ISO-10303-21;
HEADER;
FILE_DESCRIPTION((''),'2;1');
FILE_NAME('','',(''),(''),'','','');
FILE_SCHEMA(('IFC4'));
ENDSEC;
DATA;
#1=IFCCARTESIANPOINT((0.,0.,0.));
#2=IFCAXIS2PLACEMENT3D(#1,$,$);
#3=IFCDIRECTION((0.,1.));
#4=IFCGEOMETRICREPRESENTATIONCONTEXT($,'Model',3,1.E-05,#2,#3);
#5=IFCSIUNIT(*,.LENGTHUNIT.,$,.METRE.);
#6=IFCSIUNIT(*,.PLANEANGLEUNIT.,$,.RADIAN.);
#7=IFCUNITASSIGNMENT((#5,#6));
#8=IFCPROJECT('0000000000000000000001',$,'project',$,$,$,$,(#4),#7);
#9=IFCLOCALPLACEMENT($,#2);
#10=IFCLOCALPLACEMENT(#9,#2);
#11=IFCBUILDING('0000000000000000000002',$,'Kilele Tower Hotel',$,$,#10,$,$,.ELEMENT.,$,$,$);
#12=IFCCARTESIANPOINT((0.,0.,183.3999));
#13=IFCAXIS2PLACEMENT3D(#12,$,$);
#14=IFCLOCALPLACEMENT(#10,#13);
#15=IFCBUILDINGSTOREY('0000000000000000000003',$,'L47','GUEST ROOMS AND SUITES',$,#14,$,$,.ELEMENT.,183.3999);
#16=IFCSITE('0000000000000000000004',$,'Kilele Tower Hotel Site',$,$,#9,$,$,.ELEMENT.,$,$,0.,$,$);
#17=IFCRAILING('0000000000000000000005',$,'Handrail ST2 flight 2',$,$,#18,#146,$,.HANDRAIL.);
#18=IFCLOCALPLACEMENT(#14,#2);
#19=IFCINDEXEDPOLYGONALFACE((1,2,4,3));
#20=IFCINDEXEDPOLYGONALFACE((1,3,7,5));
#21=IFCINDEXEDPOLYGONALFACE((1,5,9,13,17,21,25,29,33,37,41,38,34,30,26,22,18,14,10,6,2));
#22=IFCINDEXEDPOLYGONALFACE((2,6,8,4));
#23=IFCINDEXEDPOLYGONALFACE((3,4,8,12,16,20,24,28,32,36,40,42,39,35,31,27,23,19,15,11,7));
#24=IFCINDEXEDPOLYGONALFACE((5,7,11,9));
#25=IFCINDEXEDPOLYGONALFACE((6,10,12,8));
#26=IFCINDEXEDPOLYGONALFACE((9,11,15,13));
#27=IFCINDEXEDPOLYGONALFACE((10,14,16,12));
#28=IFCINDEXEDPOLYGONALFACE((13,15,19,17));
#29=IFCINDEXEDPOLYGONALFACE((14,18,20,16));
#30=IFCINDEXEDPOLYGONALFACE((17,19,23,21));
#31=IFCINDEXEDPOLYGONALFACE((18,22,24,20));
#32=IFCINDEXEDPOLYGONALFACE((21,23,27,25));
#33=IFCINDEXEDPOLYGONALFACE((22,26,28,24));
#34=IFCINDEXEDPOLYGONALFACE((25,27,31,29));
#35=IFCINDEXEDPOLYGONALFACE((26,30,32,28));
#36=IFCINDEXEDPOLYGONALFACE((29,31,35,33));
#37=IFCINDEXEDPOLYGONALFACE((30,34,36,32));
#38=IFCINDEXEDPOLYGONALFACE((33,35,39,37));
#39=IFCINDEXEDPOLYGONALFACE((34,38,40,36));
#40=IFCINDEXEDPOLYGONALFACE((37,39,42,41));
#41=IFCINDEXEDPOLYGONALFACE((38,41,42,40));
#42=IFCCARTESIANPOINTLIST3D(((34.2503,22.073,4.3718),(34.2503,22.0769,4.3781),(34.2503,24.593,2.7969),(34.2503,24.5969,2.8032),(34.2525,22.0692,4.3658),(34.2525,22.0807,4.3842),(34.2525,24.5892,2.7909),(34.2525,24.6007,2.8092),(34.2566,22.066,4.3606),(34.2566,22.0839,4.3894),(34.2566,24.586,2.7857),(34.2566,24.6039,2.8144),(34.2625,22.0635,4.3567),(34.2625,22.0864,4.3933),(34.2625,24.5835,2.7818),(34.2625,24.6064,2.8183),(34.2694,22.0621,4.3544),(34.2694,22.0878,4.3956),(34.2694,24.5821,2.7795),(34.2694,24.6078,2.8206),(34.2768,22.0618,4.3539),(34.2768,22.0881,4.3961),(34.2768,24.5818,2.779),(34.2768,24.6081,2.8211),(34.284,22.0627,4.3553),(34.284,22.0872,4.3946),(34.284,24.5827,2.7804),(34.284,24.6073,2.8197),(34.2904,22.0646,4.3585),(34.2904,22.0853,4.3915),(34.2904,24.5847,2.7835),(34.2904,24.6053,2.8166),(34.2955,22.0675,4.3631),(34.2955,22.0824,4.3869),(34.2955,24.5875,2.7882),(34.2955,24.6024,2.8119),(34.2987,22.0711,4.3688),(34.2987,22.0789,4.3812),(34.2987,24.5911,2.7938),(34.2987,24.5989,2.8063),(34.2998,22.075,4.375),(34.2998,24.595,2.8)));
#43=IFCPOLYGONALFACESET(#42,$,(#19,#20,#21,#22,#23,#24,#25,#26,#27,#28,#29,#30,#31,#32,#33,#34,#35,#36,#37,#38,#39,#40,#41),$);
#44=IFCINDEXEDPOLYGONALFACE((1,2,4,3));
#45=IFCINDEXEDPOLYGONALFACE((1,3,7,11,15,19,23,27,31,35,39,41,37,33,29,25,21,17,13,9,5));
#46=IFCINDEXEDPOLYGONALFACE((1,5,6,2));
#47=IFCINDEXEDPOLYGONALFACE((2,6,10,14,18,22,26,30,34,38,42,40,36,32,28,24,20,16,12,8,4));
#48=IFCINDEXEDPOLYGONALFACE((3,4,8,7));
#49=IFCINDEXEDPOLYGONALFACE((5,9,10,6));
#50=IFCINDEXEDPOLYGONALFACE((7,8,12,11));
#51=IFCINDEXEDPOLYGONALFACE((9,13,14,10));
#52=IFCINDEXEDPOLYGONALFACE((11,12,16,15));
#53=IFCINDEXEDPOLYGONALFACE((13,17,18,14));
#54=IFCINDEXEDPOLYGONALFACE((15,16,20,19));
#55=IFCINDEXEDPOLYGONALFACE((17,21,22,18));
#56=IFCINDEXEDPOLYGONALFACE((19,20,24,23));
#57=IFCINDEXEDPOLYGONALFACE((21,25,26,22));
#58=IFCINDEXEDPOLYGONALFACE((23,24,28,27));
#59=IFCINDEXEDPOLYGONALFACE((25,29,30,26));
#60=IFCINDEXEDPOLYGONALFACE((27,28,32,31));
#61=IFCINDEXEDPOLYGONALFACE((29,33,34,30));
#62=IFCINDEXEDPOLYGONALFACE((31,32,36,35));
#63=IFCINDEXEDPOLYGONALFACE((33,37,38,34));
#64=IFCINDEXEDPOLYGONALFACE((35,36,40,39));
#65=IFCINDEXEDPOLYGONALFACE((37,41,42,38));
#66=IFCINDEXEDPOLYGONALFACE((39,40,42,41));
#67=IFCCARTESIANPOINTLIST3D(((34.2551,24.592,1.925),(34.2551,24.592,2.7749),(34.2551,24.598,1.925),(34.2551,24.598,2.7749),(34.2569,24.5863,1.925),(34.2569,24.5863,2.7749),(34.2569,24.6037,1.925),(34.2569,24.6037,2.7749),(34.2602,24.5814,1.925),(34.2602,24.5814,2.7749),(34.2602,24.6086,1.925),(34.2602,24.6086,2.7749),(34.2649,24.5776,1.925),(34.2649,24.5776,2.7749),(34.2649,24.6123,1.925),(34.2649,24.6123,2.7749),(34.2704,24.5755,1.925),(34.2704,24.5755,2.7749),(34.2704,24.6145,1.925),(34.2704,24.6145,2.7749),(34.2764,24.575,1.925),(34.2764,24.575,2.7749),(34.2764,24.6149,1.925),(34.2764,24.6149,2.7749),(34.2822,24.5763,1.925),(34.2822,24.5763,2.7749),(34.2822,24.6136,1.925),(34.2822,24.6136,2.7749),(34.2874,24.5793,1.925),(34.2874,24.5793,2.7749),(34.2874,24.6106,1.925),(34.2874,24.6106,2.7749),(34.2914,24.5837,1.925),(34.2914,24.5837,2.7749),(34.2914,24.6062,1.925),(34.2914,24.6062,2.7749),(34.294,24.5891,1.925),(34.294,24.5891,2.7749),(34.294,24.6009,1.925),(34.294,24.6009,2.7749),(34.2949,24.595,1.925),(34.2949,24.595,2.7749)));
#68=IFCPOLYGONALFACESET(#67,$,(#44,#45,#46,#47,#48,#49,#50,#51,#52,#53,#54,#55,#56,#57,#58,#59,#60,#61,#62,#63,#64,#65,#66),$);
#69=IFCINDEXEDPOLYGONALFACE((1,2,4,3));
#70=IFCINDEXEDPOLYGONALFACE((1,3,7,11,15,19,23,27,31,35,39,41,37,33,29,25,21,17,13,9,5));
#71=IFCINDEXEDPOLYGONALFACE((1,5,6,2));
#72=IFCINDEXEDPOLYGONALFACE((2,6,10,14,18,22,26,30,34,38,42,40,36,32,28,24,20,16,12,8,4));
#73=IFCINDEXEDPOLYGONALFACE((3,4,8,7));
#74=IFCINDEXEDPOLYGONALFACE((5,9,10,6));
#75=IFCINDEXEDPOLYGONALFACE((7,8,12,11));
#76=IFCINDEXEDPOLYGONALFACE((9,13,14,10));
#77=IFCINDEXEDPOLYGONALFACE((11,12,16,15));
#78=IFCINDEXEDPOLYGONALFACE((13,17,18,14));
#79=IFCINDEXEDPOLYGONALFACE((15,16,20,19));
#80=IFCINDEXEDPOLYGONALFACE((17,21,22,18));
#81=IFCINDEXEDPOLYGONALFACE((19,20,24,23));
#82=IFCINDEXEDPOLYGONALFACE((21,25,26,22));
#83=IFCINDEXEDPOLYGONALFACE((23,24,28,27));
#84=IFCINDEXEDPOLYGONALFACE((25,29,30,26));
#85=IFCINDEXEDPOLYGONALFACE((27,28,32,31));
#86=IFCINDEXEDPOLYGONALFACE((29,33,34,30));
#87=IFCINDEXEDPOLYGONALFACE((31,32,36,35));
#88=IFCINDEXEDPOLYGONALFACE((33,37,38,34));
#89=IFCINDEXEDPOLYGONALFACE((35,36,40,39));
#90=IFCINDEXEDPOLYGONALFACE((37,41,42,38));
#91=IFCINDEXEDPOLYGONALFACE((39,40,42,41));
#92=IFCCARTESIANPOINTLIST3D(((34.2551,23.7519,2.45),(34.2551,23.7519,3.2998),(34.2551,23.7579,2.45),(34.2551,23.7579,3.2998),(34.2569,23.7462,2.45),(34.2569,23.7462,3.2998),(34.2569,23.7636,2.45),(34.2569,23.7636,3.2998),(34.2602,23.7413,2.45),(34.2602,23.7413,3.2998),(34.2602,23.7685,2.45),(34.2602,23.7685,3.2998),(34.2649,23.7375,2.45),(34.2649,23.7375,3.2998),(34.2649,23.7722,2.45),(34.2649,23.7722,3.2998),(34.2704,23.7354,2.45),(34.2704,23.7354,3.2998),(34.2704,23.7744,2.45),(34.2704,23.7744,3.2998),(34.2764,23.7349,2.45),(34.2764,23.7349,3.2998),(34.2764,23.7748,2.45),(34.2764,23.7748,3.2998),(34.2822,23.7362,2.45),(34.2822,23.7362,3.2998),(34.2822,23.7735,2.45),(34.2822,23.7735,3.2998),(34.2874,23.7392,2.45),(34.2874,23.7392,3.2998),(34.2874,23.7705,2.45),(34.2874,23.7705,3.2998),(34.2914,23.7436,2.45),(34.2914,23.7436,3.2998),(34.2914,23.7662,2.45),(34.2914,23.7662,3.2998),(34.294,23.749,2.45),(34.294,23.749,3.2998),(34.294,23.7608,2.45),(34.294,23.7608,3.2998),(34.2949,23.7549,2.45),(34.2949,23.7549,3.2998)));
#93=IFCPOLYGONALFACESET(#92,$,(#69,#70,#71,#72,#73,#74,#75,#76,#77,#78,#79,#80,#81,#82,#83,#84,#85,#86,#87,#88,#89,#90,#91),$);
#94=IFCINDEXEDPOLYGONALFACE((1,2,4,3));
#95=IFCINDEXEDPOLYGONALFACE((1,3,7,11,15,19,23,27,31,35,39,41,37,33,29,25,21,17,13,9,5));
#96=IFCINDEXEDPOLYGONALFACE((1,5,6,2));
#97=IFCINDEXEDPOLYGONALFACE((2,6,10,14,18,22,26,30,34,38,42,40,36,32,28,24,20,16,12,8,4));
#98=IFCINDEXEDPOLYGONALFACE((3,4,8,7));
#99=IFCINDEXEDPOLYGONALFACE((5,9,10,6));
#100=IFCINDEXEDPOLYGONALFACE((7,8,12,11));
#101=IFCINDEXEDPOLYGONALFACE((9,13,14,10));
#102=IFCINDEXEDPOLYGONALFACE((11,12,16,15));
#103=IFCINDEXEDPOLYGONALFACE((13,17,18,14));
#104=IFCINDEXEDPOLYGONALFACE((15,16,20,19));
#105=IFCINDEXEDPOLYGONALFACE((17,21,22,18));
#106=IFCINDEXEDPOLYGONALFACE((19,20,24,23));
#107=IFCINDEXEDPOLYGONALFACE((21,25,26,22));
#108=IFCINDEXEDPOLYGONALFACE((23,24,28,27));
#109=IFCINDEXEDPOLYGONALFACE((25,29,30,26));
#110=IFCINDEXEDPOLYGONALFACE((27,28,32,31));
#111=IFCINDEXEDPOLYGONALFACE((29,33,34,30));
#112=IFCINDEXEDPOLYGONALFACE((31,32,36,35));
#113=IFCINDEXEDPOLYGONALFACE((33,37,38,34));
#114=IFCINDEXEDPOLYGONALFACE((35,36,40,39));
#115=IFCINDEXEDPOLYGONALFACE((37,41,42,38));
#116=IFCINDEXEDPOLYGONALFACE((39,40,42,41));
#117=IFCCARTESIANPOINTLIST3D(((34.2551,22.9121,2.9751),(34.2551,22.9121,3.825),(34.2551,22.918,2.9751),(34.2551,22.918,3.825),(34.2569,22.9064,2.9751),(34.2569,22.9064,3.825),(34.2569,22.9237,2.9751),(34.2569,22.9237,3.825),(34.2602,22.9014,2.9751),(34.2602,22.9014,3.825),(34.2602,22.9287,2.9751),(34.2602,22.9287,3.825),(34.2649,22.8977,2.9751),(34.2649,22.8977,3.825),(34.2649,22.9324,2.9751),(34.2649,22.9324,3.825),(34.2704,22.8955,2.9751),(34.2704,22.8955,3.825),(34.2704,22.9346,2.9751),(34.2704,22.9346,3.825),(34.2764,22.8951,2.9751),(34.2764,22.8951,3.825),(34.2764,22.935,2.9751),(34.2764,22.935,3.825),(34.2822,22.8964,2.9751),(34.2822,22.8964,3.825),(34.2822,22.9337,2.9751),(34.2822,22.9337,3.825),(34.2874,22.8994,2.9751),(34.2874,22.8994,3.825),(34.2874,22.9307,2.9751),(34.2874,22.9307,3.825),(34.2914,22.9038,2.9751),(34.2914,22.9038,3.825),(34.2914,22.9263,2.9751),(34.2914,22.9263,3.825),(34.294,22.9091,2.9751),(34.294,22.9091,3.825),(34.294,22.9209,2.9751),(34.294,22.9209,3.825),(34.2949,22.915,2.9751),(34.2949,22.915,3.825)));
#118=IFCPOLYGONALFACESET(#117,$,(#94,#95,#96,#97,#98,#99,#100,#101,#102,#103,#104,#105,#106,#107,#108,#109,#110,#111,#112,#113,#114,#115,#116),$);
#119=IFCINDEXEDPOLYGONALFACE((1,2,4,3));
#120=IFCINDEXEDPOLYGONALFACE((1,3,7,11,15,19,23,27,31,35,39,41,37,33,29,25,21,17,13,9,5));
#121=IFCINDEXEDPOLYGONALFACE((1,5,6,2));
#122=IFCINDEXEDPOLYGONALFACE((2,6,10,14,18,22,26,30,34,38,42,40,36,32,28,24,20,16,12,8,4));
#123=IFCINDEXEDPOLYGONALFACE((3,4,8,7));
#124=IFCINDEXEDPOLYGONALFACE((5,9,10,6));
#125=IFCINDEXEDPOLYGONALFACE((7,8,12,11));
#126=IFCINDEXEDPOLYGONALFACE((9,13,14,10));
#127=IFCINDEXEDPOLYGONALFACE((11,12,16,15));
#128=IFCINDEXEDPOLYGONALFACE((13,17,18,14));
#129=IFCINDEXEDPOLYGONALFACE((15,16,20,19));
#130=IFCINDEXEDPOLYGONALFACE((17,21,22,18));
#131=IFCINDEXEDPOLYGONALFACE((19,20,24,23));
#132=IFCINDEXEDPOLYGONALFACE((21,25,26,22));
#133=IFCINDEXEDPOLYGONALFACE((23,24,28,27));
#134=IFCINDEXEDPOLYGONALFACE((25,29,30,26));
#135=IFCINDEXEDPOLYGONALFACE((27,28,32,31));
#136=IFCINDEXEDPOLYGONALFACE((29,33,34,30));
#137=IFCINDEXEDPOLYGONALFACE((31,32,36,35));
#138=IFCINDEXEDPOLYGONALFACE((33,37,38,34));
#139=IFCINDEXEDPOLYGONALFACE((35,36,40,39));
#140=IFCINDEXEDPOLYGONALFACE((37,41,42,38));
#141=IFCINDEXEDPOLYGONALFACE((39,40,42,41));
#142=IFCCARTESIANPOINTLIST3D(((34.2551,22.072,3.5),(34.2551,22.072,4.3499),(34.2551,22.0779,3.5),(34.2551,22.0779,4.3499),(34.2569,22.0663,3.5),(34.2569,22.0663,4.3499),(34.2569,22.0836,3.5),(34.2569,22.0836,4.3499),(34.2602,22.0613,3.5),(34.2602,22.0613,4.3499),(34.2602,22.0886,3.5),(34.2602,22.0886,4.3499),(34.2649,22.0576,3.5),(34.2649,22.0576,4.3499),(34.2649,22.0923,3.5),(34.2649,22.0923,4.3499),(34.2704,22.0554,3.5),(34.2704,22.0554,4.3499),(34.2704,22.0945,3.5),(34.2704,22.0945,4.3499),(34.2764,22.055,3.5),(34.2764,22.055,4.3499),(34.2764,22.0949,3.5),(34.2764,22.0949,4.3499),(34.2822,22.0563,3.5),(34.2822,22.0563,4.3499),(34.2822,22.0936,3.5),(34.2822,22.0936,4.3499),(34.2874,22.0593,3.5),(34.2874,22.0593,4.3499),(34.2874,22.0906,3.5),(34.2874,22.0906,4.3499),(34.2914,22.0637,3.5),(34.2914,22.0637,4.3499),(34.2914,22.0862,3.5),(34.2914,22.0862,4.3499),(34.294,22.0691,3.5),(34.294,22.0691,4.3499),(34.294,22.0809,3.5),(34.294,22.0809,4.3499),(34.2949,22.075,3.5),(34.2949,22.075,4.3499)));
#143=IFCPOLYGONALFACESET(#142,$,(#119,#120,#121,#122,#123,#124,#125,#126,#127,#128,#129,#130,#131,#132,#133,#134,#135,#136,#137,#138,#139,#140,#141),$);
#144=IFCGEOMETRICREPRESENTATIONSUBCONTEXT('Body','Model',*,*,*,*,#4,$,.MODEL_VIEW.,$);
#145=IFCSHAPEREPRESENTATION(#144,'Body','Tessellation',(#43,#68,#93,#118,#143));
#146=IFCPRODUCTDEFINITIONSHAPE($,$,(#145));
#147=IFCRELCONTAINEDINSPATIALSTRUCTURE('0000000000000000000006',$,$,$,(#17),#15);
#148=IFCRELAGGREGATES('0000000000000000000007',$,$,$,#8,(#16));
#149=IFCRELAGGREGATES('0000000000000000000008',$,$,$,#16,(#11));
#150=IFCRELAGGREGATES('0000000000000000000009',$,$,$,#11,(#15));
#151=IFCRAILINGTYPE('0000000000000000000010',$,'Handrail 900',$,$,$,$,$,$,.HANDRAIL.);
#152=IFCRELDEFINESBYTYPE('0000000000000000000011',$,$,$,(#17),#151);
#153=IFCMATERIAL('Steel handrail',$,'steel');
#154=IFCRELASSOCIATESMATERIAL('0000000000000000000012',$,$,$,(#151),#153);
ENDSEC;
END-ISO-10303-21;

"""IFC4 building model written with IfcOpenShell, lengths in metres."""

from ifc_helpers import new_model, si_unit, direction, frame, origin, origin_2d, place, context, subcontext, project, spatial, circle, extrude, material, type_object, element, save


model = new_model("IFC4")

# Units and contexts
model_context = context("Model", 3, precision=1e-05, world=origin(), true_north=direction((0.0, 1.0)))
body_context = subcontext(model_context, "Body", "Model", "MODEL_VIEW")
ifc_project = project(units=[si_unit("LENGTHUNIT", "METRE"), si_unit("PLANEANGLEUNIT", "RADIAN")], contexts=[model_context])

# Site, building, storey
site_placement = place(None, origin())
site = spatial("IfcSite", under=ifc_project, at=site_placement, Name="Kilele Tower Hotel Site", CompositionType="ELEMENT", RefElevation=0.0)
building_placement = place(site_placement, origin())
building = spatial("IfcBuilding", under=site, at=building_placement, Name="Kilele Tower Hotel", CompositionType="ELEMENT")
storey_placement = place(building_placement, frame((0.0, 0.0, 183.3999)))
storey = spatial("IfcBuildingStorey", under=building, at=storey_placement, Name="L47", Description="GUEST ROOMS AND SUITES", CompositionType="ELEMENT", Elevation=183.3999)

# Railing
ifc_material_1 = material(Name="Steel handrail", Category="steel")
railing_type_1 = type_object("IfcRailingType", Name="Handrail 900", PredefinedType="HANDRAIL", material=ifc_material_1)
for number, where, name in (
    (1, (34.2749, 24.595, 1.925), "Handrail ST2 flight 2"),
):
    element("IfcRailing", number, at=place(storey_placement, frame(where)), inside=storey, type_object=railing_type_1, Name=name, PredefinedType="HANDRAIL", context=body_context, shape_type="SweptSolid", body=[
        extrude(circle(Radius=0.0249, at=origin_2d()), frame((0.0, 0.0, 0.875), z_axis=(0.0, -0.848008, 0.529984), x_axis=(1.0, 0.0, 0.0)), (0.0, 0.0, 1.0), 2.9717),
        extrude(circle(Radius=0.02, at=origin_2d()), origin(), (0.0, 0.0, 1.0), 0.8499),
        extrude(circle(Radius=0.02, at=origin_2d()), frame((0.0, -0.8401, 0.5249)), (0.0, 0.0, 1.0), 0.8499),
        extrude(circle(Radius=0.02, at=origin_2d()), frame((0.0, -1.6799, 1.05)), (0.0, 0.0, 1.0), 0.8499),
        extrude(circle(Radius=0.02, at=origin_2d()), frame((0.0, -2.52, 1.575)), (0.0, 0.0, 1.0), 0.8499),
    ])

save(model, "model.ifc")
